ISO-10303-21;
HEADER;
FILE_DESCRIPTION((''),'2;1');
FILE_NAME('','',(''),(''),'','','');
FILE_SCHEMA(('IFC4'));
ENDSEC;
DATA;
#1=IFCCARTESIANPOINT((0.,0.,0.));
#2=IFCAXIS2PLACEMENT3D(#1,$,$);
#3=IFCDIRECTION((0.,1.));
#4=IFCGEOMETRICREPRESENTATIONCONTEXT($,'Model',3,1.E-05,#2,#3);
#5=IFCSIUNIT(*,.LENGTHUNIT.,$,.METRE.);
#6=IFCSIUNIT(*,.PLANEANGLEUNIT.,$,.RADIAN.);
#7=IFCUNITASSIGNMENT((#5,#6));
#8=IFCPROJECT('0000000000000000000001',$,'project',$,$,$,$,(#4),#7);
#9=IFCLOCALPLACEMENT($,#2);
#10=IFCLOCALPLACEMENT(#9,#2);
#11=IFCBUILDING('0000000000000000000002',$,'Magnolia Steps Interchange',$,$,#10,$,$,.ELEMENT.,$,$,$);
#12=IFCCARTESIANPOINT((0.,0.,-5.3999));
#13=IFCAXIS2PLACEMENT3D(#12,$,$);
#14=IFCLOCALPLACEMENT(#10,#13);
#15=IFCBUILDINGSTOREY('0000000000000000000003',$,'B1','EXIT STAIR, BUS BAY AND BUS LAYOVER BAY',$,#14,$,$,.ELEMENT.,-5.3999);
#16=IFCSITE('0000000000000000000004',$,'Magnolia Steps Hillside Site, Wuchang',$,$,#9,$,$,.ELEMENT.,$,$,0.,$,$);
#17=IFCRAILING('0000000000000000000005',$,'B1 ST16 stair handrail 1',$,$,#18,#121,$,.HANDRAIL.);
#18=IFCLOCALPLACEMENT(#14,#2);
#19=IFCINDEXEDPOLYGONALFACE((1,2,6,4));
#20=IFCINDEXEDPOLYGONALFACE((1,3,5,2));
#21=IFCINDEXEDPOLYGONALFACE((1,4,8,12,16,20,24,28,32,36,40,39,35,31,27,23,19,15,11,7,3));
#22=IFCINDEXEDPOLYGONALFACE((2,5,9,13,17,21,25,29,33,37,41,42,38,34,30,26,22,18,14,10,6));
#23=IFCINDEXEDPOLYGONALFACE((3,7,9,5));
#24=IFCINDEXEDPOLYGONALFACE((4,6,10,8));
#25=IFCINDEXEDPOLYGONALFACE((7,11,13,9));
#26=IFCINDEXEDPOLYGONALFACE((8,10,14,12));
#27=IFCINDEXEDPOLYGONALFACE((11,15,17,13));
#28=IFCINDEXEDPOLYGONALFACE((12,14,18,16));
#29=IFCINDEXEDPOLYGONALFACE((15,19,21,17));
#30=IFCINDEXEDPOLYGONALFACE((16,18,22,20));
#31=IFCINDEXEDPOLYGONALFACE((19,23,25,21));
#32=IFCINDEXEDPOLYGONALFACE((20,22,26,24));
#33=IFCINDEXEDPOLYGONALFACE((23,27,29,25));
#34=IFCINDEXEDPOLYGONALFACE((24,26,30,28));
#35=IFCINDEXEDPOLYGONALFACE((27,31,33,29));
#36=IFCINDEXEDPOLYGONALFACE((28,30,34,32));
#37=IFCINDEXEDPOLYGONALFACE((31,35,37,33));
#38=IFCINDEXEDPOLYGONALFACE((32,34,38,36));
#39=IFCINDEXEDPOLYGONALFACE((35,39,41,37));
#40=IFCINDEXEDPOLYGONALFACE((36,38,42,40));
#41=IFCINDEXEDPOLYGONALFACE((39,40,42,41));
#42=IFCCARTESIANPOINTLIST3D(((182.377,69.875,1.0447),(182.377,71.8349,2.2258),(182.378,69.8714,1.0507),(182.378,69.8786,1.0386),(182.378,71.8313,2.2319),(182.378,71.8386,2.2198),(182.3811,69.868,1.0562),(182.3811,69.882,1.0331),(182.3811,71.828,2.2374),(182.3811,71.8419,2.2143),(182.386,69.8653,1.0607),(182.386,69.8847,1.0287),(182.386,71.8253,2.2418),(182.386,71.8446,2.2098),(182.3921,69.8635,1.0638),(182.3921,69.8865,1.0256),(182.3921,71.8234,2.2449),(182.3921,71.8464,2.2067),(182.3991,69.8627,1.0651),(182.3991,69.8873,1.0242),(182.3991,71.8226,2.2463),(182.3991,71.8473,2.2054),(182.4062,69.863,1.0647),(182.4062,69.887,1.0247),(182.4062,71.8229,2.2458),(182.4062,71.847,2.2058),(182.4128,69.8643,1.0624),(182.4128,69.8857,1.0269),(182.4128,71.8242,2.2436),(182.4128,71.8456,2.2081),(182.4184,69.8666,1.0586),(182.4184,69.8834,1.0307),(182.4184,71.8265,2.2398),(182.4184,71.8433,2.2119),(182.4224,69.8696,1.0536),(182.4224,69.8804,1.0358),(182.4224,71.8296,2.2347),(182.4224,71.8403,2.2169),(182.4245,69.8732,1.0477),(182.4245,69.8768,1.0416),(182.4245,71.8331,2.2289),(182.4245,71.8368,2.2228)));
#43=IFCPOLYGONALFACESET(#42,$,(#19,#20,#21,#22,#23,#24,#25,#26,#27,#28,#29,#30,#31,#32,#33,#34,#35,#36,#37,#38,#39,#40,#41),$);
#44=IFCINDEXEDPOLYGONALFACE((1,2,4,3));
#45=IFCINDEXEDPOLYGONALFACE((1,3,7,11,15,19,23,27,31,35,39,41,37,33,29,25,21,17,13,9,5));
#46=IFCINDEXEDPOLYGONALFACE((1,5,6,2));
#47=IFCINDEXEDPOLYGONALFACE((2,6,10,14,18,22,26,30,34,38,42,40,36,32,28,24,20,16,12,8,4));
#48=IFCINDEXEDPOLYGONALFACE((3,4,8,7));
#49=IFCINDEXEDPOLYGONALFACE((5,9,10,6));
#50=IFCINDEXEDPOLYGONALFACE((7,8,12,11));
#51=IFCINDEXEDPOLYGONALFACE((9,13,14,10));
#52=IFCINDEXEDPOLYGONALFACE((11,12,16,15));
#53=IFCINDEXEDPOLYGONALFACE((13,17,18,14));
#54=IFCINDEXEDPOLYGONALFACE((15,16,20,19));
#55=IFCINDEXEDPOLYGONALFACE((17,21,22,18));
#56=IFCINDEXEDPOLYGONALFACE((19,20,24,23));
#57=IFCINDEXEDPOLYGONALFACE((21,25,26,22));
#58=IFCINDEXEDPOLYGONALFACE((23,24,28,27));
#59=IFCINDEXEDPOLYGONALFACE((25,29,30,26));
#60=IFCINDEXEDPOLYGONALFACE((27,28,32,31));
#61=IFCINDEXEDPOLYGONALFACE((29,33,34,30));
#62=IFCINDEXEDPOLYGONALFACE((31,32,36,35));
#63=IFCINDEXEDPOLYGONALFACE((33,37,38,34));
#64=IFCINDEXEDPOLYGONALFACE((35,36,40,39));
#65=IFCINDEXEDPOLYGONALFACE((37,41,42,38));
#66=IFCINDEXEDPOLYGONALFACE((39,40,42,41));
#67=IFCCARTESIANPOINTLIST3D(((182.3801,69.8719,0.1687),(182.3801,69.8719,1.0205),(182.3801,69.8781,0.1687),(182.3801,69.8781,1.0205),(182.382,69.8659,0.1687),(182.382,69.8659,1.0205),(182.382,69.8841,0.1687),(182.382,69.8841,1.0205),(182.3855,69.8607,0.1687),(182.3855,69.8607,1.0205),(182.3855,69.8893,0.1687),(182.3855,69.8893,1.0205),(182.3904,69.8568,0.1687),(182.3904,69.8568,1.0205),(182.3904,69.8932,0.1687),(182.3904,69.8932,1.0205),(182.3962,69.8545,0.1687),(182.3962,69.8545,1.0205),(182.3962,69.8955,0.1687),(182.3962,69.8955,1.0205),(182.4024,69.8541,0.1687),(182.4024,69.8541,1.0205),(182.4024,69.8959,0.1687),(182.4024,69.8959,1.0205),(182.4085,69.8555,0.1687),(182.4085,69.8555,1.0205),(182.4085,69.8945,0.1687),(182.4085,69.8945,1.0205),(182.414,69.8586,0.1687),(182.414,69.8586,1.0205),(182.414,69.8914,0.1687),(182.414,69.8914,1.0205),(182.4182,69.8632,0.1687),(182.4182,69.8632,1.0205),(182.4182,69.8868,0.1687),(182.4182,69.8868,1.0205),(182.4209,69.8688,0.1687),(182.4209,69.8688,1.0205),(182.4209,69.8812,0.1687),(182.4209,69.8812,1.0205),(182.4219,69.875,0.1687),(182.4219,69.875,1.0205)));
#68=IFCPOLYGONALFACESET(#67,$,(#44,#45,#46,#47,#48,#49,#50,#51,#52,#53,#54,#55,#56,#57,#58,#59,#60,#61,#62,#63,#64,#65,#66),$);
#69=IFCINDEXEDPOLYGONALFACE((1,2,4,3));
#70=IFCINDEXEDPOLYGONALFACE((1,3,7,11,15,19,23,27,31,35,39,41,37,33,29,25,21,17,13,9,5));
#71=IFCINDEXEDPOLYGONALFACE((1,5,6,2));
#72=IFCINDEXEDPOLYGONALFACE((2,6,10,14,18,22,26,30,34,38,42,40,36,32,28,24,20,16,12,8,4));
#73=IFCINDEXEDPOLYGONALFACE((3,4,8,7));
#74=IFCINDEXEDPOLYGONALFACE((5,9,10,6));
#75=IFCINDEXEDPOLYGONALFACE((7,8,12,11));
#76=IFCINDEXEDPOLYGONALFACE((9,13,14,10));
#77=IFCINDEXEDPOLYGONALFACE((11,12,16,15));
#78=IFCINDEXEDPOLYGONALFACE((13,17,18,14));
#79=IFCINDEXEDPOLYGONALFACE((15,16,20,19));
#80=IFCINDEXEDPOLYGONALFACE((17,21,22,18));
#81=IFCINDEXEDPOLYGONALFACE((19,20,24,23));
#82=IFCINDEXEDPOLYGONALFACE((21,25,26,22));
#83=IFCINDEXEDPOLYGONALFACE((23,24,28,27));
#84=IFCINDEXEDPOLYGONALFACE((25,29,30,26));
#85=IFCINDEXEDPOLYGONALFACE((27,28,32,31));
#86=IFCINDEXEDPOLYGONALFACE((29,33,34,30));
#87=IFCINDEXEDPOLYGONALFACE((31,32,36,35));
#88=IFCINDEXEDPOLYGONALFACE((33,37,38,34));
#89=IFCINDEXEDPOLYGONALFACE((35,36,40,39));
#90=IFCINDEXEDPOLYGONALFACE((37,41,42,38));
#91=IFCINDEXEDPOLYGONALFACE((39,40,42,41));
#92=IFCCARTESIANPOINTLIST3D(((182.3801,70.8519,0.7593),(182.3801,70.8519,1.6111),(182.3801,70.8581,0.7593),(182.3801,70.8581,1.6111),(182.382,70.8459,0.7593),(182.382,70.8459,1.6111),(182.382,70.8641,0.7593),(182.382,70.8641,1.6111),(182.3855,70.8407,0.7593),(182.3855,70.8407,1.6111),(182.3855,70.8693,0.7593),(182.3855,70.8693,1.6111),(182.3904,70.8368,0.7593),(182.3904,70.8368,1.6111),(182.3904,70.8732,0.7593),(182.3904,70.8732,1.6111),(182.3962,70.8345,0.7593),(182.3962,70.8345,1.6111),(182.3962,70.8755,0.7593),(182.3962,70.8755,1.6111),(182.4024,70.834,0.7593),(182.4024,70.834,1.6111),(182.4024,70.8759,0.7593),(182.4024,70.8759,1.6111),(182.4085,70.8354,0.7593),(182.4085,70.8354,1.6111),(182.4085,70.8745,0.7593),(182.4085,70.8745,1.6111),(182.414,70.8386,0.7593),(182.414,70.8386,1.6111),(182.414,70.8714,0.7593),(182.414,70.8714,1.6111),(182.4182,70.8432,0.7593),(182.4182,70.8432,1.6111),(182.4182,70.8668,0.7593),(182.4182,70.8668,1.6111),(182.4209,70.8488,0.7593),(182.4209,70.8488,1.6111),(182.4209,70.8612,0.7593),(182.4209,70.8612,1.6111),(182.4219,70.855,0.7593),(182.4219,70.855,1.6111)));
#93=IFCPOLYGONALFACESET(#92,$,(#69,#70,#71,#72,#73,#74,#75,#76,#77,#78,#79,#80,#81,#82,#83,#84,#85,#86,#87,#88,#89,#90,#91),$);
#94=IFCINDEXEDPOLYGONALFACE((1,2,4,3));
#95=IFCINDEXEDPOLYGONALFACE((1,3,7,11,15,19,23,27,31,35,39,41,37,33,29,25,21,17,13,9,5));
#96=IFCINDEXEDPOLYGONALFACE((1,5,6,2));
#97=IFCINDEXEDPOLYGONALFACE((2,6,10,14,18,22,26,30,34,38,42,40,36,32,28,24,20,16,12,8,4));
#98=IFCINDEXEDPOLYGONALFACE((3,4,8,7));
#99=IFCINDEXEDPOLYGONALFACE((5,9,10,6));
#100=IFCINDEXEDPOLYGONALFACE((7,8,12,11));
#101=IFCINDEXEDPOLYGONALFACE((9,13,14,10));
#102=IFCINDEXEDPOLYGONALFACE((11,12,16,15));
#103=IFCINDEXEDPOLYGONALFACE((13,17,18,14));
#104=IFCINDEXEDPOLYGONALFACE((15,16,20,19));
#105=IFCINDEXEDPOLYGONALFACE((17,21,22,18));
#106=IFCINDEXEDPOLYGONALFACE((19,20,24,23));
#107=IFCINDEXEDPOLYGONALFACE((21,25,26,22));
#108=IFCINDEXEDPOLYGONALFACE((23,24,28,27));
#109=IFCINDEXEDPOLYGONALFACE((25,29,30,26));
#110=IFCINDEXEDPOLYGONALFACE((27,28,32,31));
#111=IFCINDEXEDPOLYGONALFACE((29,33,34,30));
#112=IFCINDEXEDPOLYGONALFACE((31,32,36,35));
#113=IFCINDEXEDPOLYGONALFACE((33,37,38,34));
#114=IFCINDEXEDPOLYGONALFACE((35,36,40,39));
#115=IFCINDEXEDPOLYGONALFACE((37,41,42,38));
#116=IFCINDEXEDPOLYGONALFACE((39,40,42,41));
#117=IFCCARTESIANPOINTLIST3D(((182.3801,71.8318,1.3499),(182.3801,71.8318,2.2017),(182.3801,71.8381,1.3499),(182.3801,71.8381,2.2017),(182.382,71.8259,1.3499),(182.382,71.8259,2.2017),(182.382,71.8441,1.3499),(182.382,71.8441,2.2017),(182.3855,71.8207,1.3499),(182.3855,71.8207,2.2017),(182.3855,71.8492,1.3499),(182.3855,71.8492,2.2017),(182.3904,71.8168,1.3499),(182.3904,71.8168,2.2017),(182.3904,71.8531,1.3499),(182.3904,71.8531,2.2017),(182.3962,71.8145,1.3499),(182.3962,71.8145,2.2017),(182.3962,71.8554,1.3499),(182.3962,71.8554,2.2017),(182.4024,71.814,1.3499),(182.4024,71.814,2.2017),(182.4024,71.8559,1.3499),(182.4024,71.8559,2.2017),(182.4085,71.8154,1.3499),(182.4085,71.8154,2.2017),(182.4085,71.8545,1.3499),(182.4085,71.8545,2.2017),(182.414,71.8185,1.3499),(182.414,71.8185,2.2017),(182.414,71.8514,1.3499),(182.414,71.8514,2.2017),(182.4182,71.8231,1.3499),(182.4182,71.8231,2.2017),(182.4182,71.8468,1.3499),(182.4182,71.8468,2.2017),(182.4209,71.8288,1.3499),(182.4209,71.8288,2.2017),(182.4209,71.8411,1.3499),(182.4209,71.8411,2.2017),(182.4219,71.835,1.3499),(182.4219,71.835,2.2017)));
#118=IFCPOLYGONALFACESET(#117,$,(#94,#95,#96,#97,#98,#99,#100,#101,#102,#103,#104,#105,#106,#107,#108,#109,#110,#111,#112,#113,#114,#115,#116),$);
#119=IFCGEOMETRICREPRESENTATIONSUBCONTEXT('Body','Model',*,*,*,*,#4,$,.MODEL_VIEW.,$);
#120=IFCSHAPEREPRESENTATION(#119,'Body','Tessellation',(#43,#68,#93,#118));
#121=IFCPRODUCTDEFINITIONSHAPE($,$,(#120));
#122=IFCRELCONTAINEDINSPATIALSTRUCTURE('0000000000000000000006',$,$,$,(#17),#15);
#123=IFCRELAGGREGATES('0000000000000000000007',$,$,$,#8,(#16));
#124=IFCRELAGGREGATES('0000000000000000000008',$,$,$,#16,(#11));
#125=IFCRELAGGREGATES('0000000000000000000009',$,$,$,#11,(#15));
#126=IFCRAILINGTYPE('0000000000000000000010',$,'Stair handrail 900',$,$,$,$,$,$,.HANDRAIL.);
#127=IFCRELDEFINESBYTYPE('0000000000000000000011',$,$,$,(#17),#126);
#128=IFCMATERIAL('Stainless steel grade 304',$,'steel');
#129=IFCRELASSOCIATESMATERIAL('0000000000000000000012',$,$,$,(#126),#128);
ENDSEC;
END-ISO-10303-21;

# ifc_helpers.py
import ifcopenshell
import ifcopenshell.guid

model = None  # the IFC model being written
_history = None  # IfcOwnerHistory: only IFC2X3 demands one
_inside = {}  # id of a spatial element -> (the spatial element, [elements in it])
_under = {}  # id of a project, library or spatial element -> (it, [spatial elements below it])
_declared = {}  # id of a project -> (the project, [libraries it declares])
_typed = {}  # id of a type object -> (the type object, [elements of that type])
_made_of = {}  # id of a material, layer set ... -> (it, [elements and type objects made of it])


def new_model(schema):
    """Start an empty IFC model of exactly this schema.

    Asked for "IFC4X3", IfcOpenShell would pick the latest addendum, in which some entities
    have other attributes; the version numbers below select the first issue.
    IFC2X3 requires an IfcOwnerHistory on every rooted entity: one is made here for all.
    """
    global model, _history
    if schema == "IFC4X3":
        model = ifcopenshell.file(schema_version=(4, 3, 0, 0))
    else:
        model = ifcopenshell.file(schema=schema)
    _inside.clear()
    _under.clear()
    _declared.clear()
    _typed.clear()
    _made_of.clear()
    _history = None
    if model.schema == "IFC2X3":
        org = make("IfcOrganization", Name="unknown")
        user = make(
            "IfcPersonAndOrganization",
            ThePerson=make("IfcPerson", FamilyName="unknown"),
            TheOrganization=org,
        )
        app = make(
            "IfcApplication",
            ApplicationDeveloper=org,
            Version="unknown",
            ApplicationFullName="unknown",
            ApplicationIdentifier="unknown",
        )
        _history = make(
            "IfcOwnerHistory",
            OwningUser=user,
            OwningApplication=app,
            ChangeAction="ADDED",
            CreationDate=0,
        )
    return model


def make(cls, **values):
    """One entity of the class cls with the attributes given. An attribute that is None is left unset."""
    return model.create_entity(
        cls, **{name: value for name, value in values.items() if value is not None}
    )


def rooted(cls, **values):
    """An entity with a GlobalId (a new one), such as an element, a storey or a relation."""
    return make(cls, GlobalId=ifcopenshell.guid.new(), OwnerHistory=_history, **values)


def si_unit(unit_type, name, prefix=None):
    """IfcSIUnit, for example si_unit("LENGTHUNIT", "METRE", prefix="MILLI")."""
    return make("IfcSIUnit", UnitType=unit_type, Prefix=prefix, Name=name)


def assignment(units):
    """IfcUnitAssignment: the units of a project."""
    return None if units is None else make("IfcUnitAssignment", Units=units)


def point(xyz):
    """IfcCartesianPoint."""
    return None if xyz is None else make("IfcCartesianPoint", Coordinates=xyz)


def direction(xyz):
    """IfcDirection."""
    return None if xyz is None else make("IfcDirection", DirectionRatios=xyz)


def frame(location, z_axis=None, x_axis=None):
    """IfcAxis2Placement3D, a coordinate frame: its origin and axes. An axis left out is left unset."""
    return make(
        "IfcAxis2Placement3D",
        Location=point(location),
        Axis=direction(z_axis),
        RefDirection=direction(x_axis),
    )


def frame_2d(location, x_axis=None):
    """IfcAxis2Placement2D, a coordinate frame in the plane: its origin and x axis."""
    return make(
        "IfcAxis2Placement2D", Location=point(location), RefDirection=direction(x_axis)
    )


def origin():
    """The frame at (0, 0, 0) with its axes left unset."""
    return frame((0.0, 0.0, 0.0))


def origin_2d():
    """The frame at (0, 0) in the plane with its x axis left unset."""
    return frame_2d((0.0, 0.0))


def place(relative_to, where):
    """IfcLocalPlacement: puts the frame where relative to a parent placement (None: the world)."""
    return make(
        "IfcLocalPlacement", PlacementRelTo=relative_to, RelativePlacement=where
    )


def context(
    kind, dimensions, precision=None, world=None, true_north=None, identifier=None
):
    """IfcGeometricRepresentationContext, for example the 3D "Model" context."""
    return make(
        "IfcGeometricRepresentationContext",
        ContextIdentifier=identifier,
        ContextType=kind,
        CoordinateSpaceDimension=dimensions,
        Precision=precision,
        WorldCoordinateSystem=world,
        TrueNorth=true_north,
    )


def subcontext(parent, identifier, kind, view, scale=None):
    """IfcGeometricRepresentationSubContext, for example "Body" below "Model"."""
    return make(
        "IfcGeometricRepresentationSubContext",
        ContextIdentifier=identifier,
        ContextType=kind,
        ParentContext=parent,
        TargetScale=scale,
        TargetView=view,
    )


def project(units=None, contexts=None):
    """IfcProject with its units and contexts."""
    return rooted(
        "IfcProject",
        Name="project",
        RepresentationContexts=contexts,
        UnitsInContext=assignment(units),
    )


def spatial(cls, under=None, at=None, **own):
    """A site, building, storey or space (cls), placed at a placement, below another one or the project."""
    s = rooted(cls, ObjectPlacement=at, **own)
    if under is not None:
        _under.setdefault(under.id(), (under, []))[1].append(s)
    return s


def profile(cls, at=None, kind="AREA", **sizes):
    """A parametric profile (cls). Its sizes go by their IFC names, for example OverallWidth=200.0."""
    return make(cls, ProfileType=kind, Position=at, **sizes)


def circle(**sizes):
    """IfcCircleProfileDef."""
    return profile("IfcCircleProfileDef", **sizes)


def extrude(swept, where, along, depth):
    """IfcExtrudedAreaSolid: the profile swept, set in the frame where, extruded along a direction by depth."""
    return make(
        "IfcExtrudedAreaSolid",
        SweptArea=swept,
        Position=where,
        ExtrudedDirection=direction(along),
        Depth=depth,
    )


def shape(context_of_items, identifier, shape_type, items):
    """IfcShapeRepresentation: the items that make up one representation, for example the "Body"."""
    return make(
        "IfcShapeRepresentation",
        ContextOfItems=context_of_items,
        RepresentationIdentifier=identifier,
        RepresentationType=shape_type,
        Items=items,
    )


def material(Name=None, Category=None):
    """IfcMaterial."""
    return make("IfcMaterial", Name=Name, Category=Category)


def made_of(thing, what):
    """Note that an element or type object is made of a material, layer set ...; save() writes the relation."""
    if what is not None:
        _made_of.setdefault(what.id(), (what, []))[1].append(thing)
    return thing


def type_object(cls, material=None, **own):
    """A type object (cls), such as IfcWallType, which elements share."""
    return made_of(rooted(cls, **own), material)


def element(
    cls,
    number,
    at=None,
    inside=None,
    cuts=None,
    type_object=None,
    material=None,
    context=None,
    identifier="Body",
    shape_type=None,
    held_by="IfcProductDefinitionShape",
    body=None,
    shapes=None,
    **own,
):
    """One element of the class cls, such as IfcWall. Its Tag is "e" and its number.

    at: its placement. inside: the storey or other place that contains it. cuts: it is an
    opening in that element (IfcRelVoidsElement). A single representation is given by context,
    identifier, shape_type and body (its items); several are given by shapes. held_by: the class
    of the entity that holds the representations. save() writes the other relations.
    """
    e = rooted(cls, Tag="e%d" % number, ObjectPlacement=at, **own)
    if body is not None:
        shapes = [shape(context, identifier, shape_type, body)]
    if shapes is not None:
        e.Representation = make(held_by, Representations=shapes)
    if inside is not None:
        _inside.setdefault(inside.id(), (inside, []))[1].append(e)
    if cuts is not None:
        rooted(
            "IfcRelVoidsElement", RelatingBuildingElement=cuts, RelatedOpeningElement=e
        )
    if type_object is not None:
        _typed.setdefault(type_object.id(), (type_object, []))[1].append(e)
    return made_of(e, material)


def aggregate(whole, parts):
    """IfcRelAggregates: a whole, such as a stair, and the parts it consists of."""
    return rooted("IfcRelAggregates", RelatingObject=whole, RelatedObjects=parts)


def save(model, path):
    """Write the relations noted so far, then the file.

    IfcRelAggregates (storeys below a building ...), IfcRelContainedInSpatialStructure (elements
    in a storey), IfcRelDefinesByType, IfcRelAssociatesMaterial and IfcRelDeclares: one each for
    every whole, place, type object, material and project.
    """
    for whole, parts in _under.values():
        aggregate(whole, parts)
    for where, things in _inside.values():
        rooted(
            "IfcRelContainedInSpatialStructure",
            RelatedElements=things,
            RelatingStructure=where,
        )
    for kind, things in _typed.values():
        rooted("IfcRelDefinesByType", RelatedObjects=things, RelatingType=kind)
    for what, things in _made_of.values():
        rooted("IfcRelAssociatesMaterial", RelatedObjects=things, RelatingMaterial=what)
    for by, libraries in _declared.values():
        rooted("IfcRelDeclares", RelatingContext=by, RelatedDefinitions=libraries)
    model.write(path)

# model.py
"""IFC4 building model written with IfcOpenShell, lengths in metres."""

from ifc_helpers import new_model, si_unit, direction, frame, origin, origin_2d, place, context, subcontext, project, spatial, circle, extrude, material, type_object, element, save


model = new_model("IFC4")

# Units and contexts
model_context = context("Model", 3, precision=1e-05, world=origin(), true_north=direction((0.0, 1.0)))
body_context = subcontext(model_context, "Body", "Model", "MODEL_VIEW")
ifc_project = project(units=[si_unit("LENGTHUNIT", "METRE"), si_unit("PLANEANGLEUNIT", "RADIAN")], contexts=[model_context])

# Site, building, storey
site_placement = place(None, origin())
site = spatial("IfcSite", under=ifc_project, at=site_placement, Name="Magnolia Steps Hillside Site, Wuchang", CompositionType="ELEMENT", RefElevation=0.0)
building_placement = place(site_placement, origin())
building = spatial("IfcBuilding", under=site, at=building_placement, Name="Magnolia Steps Interchange", CompositionType="ELEMENT")
storey_placement = place(building_placement, frame((0.0, 0.0, -5.3999)))
storey = spatial("IfcBuildingStorey", under=building, at=storey_placement, Name="B1", Description="EXIT STAIR, BUS BAY AND BUS LAYOVER BAY", CompositionType="ELEMENT", Elevation=-5.3999)

# Railing
ifc_material_1 = material(Name="Stainless steel grade 304", Category="steel")
railing_type_1 = type_object("IfcRailingType", Name="Stair handrail 900", PredefinedType="HANDRAIL", material=ifc_material_1)
railing_1_placement = place(storey_placement, frame((182.4009, 69.875, 0.1687)))
element("IfcRailing", 1, at=railing_1_placement, inside=storey, type_object=railing_type_1, Name="B1 ST16 stair handrail 1", PredefinedType="HANDRAIL", context=body_context, shape_type="SweptSolid", body=[
    extrude(circle(Radius=0.0239, at=origin_2d()), frame((0.0, 0.0, 0.876), z_axis=(0.0, 0.856493, 0.516158), x_axis=(-1.0, 0.0, 0.0)), (0.0, 0.0, 1.0), 2.2883),
    extrude(circle(Radius=0.021, at=origin_2d()), origin(), (0.0, 0.0, 1.0), 0.8518),
    extrude(circle(Radius=0.021, at=origin_2d()), frame((0.0, 0.98, 0.5906)), (0.0, 0.0, 1.0), 0.8518),
    extrude(circle(Radius=0.021, at=origin_2d()), frame((0.0, 1.96, 1.1812)), (0.0, 0.0, 1.0), 0.8518),
])

save(model, "model.ifc")
